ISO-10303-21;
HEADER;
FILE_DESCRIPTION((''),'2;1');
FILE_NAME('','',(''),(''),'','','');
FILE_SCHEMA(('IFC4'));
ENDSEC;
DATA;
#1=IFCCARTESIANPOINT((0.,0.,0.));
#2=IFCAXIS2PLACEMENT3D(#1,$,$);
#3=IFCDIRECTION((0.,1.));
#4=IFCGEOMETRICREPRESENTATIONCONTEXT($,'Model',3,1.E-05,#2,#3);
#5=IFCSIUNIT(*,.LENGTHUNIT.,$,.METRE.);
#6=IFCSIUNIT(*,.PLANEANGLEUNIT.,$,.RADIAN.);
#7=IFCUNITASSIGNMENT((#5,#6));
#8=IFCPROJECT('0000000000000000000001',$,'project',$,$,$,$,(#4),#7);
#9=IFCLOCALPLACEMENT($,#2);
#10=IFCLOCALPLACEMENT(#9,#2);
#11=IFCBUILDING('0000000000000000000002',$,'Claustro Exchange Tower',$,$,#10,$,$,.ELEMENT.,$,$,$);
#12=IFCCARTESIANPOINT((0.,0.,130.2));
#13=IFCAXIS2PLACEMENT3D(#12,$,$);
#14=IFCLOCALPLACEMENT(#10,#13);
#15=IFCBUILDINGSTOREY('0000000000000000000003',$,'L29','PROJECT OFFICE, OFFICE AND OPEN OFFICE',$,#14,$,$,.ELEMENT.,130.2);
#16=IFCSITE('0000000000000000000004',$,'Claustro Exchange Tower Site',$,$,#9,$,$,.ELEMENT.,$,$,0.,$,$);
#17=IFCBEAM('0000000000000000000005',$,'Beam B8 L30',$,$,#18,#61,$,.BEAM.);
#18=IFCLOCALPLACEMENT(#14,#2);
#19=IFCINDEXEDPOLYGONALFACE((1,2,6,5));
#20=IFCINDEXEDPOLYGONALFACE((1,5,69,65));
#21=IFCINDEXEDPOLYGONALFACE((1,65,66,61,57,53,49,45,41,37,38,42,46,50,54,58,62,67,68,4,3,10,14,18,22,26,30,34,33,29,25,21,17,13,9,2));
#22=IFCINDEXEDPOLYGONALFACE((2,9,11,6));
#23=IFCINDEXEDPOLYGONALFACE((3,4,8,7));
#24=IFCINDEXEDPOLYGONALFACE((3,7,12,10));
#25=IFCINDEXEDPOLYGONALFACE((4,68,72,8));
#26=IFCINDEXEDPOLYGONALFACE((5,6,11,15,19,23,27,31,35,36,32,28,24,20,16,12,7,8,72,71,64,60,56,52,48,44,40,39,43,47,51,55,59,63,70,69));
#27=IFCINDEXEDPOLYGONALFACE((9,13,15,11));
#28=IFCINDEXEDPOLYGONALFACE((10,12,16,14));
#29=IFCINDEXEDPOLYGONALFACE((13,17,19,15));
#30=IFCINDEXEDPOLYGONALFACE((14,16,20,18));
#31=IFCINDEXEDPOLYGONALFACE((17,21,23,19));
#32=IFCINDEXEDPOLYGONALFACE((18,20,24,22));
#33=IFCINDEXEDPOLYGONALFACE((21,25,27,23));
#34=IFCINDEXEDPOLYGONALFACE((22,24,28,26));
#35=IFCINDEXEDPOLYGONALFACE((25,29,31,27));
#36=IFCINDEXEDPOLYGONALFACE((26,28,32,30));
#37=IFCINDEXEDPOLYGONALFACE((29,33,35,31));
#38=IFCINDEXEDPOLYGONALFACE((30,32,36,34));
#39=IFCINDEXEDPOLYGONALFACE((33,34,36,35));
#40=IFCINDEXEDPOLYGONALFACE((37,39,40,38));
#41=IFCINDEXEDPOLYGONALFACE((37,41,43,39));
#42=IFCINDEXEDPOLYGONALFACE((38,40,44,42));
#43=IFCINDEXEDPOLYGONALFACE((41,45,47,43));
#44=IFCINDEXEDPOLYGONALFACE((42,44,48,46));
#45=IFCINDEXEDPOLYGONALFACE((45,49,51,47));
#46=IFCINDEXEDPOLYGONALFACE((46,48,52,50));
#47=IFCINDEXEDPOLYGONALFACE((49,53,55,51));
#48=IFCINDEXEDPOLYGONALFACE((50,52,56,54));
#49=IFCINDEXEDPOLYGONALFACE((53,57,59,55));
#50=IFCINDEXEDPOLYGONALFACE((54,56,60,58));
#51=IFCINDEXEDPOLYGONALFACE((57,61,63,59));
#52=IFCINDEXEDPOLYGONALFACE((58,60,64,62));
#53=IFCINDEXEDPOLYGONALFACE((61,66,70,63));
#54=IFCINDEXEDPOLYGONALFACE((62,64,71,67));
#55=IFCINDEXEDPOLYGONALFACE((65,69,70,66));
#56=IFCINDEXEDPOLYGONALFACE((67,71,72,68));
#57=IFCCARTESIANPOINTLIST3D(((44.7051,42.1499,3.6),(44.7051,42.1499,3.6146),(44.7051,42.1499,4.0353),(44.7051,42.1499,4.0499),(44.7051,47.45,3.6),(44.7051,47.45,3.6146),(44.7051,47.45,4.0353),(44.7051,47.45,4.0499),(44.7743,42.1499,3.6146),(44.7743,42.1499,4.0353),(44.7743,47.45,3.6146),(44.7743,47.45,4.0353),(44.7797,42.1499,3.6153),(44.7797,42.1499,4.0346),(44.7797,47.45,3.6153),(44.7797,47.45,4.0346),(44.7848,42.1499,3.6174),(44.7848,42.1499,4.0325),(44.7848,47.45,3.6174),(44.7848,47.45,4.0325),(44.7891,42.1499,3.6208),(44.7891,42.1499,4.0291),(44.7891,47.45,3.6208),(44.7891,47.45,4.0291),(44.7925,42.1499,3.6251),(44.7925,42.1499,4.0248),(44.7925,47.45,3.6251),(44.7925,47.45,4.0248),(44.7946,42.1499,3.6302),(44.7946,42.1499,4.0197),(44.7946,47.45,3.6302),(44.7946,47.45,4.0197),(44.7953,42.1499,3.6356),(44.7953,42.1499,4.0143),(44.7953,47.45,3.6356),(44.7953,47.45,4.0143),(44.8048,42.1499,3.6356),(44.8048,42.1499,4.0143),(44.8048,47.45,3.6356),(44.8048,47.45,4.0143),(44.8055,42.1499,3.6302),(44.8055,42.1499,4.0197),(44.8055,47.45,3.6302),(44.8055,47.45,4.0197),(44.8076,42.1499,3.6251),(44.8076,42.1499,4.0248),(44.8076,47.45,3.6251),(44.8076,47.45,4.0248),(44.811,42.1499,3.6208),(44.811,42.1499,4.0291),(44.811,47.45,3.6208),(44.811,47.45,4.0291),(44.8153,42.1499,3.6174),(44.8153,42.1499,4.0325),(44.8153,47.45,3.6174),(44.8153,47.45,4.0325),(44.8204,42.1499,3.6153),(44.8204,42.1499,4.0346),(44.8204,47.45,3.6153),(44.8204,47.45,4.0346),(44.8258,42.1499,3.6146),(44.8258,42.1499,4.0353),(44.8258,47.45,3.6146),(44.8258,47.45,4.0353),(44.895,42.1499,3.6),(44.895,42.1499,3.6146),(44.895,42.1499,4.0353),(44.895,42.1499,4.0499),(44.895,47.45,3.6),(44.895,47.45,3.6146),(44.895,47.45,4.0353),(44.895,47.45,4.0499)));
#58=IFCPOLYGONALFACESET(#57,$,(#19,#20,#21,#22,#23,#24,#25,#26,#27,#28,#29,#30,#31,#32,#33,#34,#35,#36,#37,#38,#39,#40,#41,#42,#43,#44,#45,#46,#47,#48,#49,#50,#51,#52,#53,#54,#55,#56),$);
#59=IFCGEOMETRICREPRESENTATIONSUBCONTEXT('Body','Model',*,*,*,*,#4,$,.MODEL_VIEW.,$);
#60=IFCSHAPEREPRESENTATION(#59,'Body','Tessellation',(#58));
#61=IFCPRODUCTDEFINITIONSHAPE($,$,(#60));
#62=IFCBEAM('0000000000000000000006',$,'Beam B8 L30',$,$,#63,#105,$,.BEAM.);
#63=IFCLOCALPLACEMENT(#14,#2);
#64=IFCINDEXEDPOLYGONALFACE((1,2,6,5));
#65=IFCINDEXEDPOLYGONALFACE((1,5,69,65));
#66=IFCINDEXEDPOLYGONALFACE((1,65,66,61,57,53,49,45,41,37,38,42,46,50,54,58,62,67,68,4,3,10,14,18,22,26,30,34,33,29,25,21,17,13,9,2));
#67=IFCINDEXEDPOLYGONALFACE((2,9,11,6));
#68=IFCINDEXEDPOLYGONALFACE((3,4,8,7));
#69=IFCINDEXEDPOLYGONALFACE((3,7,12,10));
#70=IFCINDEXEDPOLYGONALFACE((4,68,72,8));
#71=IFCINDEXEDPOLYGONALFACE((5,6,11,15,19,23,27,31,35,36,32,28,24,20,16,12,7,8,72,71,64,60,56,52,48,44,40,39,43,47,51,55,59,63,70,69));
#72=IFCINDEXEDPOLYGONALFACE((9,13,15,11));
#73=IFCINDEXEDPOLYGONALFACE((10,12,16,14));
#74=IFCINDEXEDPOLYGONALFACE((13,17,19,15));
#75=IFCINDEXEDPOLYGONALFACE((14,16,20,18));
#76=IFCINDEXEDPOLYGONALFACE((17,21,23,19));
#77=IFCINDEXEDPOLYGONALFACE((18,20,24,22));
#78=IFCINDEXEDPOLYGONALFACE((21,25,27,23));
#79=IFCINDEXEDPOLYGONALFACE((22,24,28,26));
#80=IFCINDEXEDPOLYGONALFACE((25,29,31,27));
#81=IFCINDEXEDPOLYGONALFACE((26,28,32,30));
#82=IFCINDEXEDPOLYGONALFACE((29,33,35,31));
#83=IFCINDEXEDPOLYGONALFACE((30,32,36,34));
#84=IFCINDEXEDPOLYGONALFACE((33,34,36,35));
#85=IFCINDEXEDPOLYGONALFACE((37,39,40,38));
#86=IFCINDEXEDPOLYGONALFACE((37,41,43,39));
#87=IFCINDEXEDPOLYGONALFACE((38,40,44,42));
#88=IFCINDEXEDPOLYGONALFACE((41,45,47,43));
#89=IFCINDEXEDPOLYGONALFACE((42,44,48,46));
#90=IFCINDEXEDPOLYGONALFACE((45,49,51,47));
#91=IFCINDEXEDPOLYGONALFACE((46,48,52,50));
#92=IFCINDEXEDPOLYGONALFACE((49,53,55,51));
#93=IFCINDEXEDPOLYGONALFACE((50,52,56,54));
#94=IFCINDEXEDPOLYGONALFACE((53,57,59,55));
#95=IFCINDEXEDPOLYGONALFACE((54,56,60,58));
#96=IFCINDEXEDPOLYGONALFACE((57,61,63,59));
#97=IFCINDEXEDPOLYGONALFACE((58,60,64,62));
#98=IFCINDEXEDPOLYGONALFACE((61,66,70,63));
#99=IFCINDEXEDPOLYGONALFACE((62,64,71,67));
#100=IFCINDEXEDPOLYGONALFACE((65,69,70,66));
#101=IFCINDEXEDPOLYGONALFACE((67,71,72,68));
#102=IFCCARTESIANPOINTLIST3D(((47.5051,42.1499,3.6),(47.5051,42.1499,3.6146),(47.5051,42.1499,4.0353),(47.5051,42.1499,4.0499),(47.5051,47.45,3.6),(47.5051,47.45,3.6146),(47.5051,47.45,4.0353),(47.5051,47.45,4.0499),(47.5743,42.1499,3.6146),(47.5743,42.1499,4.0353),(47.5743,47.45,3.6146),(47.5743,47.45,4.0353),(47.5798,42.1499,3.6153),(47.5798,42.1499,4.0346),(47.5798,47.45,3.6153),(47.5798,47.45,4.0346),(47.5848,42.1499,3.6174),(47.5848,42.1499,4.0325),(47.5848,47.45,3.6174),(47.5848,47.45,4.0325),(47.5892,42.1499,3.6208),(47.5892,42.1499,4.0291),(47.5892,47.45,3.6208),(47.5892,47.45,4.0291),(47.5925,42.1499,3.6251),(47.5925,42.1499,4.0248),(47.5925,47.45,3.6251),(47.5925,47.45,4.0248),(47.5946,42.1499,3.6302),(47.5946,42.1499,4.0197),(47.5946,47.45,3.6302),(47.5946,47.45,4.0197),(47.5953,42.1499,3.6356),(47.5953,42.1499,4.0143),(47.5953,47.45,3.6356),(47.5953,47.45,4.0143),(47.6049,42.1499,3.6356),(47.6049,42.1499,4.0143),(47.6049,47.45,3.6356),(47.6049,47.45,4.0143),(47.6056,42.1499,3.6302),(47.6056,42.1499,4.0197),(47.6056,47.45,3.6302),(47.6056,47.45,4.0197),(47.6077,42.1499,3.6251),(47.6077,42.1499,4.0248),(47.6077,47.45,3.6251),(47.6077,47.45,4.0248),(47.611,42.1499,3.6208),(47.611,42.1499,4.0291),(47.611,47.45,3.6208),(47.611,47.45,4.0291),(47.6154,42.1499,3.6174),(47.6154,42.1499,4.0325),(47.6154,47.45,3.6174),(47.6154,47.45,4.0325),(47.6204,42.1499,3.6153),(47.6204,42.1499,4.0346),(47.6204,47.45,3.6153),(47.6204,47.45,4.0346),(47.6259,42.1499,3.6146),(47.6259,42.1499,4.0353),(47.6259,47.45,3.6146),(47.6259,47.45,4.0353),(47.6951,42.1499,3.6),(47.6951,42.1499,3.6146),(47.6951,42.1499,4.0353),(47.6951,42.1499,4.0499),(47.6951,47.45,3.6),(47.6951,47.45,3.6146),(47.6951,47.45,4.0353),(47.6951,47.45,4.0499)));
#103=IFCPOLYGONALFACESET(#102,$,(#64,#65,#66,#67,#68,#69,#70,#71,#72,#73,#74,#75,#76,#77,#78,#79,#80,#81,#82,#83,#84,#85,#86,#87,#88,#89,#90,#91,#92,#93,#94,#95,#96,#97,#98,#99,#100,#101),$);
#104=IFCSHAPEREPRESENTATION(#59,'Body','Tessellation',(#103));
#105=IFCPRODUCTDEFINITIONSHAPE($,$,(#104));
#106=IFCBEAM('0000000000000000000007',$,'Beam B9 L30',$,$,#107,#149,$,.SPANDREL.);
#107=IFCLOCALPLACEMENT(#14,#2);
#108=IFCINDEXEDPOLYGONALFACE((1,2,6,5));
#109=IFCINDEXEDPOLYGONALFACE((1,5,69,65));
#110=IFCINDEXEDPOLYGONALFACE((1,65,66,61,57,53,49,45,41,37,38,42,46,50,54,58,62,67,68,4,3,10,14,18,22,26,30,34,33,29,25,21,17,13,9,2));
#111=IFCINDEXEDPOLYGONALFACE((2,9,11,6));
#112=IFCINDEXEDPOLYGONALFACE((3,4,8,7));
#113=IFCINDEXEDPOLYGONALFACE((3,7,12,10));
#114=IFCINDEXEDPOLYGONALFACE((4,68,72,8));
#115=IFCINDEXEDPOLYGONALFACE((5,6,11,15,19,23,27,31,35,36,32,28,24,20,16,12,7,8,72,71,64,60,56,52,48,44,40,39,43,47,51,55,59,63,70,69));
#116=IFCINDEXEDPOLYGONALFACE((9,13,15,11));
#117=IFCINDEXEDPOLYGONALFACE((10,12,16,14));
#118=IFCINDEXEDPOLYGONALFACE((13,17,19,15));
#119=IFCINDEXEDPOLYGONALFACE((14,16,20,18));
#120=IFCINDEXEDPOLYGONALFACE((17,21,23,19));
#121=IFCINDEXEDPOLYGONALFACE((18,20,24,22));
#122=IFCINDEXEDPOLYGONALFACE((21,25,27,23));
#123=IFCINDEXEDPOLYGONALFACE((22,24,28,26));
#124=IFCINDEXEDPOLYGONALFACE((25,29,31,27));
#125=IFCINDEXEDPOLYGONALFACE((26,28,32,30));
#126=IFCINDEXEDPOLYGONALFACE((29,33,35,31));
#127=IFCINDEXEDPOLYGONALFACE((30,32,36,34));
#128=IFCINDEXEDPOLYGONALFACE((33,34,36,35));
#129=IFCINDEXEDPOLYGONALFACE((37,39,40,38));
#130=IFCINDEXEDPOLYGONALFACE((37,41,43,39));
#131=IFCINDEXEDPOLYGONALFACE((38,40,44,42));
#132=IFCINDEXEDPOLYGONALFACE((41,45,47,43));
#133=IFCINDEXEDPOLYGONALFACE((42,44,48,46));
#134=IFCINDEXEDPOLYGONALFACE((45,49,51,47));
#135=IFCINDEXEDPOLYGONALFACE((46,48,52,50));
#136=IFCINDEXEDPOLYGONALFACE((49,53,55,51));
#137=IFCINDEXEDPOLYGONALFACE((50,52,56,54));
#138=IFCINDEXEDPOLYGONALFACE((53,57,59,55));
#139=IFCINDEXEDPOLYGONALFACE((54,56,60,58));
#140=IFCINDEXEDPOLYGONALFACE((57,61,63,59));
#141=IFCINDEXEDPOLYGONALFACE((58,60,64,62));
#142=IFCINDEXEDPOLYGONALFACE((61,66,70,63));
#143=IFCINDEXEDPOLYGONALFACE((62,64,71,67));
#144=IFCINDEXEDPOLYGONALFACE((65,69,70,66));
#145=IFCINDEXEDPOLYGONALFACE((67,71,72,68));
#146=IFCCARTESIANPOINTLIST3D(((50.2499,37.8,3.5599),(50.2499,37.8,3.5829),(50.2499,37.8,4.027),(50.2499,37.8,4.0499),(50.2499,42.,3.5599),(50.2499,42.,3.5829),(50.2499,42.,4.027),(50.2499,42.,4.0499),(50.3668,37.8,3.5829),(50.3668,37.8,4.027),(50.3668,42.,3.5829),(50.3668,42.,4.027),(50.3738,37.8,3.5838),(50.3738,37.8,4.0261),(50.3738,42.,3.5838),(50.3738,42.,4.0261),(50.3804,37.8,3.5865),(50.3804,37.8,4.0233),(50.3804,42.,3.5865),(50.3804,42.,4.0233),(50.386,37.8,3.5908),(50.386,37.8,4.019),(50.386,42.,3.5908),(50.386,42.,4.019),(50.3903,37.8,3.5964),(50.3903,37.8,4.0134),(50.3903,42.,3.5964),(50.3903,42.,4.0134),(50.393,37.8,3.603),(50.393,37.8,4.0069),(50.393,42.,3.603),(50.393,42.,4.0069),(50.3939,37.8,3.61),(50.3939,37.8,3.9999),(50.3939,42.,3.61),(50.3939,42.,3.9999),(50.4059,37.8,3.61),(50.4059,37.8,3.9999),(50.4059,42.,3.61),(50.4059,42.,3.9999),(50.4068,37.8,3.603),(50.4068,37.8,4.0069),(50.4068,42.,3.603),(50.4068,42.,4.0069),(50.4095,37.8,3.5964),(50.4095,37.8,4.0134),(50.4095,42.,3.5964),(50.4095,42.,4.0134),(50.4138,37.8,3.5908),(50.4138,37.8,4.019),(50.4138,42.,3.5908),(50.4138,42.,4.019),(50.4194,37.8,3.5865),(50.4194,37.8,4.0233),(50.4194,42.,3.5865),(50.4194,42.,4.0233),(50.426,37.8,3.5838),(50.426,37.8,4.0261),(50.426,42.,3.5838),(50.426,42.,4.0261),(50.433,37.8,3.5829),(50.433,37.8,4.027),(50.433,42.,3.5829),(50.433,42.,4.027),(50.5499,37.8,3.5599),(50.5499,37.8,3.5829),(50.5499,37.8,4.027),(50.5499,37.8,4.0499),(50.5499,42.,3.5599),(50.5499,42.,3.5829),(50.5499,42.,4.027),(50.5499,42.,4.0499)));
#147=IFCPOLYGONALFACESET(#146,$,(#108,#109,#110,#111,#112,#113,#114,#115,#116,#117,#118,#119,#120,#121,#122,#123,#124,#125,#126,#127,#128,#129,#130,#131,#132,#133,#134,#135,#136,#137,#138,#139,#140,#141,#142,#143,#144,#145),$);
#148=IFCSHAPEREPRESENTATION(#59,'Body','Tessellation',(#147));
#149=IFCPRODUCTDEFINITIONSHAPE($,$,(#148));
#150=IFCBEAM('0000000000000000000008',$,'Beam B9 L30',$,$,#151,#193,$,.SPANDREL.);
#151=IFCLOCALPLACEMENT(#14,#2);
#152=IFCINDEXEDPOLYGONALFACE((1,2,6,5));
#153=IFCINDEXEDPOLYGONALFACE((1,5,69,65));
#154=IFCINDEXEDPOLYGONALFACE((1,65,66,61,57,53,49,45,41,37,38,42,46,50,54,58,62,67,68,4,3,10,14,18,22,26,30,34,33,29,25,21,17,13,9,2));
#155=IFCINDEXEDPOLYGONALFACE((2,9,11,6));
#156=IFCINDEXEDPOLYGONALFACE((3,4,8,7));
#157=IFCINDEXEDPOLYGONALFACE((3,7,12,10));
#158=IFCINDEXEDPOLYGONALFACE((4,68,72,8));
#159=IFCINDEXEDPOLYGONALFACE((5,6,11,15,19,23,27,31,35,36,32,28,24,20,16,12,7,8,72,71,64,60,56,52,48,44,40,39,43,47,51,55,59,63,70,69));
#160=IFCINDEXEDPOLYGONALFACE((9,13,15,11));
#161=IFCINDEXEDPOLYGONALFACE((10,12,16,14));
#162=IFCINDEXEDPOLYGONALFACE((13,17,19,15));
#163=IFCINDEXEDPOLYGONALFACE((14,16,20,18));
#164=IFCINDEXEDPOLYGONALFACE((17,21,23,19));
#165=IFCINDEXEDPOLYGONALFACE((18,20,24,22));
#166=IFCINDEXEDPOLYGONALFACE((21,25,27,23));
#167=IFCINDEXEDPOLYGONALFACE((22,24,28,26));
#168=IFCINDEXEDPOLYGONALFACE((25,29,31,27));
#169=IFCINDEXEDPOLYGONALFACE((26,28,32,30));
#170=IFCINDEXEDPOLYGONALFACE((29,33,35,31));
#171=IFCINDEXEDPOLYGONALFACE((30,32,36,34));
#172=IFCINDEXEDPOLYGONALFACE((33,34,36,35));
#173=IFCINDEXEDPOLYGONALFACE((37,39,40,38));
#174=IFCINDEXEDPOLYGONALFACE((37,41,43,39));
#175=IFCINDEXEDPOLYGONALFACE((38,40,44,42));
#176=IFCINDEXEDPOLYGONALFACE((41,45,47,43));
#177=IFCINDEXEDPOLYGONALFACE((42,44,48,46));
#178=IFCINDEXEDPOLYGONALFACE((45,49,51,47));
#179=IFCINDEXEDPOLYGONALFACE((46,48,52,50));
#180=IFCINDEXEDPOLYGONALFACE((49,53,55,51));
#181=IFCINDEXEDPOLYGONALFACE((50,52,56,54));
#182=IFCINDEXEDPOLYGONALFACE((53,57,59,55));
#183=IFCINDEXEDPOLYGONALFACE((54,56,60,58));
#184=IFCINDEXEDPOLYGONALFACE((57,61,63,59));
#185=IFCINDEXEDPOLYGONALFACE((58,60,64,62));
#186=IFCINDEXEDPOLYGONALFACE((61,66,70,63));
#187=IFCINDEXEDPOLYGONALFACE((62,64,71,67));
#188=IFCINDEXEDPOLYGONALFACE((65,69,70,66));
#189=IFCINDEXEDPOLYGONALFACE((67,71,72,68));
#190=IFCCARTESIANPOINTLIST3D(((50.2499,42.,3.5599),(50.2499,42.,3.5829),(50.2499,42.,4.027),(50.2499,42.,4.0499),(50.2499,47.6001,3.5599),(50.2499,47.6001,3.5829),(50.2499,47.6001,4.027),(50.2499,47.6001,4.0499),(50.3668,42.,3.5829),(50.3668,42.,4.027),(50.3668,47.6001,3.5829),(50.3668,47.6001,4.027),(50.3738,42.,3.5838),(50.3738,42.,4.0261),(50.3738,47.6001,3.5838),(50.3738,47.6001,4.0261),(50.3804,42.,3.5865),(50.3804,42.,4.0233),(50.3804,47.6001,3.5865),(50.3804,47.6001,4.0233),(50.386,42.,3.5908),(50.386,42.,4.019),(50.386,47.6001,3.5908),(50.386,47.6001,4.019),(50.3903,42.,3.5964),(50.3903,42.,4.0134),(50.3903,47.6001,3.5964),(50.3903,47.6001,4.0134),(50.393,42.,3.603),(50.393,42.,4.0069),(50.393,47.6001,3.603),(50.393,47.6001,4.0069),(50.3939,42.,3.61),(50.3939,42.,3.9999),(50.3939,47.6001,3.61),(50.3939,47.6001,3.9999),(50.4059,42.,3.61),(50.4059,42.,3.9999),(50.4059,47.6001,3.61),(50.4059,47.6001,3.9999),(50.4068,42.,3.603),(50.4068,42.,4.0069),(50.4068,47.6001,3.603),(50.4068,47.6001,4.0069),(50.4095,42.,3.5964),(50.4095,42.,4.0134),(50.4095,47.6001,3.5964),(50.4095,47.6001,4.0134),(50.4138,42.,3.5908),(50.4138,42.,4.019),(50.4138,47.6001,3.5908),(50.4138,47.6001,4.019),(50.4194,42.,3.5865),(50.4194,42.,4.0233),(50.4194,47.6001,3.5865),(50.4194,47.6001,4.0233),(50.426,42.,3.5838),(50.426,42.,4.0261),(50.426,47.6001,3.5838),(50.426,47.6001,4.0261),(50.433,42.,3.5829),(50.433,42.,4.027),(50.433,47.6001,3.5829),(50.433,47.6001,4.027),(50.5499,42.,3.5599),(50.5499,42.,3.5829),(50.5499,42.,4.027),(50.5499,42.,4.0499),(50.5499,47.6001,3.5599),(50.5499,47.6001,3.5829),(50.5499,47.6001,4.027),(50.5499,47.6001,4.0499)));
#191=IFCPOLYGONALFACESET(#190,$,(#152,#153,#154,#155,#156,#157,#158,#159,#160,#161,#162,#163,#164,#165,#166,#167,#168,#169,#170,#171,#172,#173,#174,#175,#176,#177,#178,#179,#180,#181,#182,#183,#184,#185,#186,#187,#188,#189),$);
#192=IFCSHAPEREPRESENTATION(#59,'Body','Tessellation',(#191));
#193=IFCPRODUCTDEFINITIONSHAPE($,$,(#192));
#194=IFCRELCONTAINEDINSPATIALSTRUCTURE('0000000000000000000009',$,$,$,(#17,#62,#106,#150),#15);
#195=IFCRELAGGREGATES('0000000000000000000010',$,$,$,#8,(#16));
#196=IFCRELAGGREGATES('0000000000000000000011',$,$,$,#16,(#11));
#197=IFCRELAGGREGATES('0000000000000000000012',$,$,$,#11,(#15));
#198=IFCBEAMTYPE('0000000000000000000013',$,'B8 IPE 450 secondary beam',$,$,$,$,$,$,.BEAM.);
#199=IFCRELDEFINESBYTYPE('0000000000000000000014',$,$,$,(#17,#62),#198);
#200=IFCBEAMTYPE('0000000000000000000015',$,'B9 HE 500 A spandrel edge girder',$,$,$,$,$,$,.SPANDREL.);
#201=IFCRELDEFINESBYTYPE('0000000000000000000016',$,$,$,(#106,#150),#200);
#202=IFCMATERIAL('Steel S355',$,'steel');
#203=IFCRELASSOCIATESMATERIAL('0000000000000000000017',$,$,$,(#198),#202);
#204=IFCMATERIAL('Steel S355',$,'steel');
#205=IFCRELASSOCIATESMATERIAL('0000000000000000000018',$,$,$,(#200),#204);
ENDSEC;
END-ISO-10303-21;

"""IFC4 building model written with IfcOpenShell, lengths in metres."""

from ifc_helpers import new_model, si_unit, direction, frame, origin, origin_2d, place, context, subcontext, project, spatial, i_section, extrude, material, material_profile, profile_set, type_object, element, save


model = new_model("IFC4")

# Units and contexts
model_context = context("Model", 3, precision=1e-05, world=origin(), true_north=direction((0.0, 1.0)))
body_context = subcontext(model_context, "Body", "Model", "MODEL_VIEW")
ifc_project = project(units=[si_unit("LENGTHUNIT", "METRE"), si_unit("PLANEANGLEUNIT", "RADIAN")], contexts=[model_context])

# Site, building, storey
site_placement = place(None, origin())
site = spatial("IfcSite", under=ifc_project, at=site_placement, Name="Claustro Exchange Tower Site", CompositionType="ELEMENT", RefElevation=0.0)
building_placement = place(site_placement, origin())
building = spatial("IfcBuilding", under=site, at=building_placement, Name="Claustro Exchange Tower", CompositionType="ELEMENT")
storey_placement = place(building_placement, frame((0.0, 0.0, 130.2)))
storey = spatial("IfcBuildingStorey", under=building, at=storey_placement, Name="L29", Description="PROJECT OFFICE, OFFICE AND OPEN OFFICE", CompositionType="ELEMENT", Elevation=130.2)

# Beams
ifc_material_1 = material(Name="Steel S355", Category="steel")
ifc_material_profile_1 = material_profile(ifc_material_1, i_section(OverallWidth=0.1899, OverallDepth=0.45, WebThickness=0.0095, FlangeThickness=0.0146, FilletRadius=0.021, at=origin_2d()), Name="IPE 450")
ifc_profile_set_1 = profile_set([ifc_material_profile_1], Name="Steel S355")
beam_type_1 = type_object("IfcBeamType", Name="B8 IPE 450 secondary beam", PredefinedType="BEAM", material=ifc_profile_set_1)
for number, where, z_axis, x_axis, name in (
    (1, (44.8, 42.1499, 3.825), (0.0, 1.0, 0.0), (-1.0, 0.0, 0.0), "Beam B8 L30"),
    (2, (47.6001, 42.1499, 3.825), (0.0, 1.0, 0.0), (-1.0, 0.0, 0.0), "Beam B8 L30"),
):
    element("IfcBeam", number, at=place(storey_placement, frame(where, z_axis=z_axis, x_axis=x_axis)), inside=storey, type_object=beam_type_1, Name=name, PredefinedType="BEAM", context=body_context, shape_type="SweptSolid", body=[
        extrude(i_section(OverallWidth=0.1899, OverallDepth=0.45, WebThickness=0.0095, FlangeThickness=0.0146, FilletRadius=0.021, at=origin_2d()), origin(), (0.0, 0.0, 1.0), 5.3),
    ])
ifc_material_2 = material(Name="Steel S355", Category="steel")
ifc_material_profile_2 = material_profile(ifc_material_2, i_section(OverallWidth=0.3, OverallDepth=0.49, WebThickness=0.012, FlangeThickness=0.0229, FilletRadius=0.0271, at=origin_2d()), Name="HE 500 A")
ifc_profile_set_2 = profile_set([ifc_material_profile_2], Name="Steel S355")
beam_type_2 = type_object("IfcBeamType", Name="B9 HE 500 A spandrel edge girder", PredefinedType="SPANDREL", material=ifc_profile_set_2)
beam_1_placement = place(storey_placement, frame((50.3999, 37.8, 3.8049), z_axis=(0.0, 1.0, 0.0), x_axis=(-1.0, 0.0, 0.0)))
element("IfcBeam", 3, at=beam_1_placement, inside=storey, type_object=beam_type_2, Name="Beam B9 L30", PredefinedType="SPANDREL", context=body_context, shape_type="SweptSolid", body=[
    extrude(i_section(OverallWidth=0.3, OverallDepth=0.49, WebThickness=0.012, FlangeThickness=0.0229, FilletRadius=0.0271, at=origin_2d()), origin(), (0.0, 0.0, 1.0), 4.2),
])
beam_2_placement = place(storey_placement, frame((50.3999, 42.0, 3.8049), z_axis=(0.0, 1.0, 0.0), x_axis=(-1.0, 0.0, 0.0)))
element("IfcBeam", 4, at=beam_2_placement, inside=storey, type_object=beam_type_2, Name="Beam B9 L30", PredefinedType="SPANDREL", context=body_context, shape_type="SweptSolid", body=[
    extrude(i_section(OverallWidth=0.3, OverallDepth=0.49, WebThickness=0.012, FlangeThickness=0.0229, FilletRadius=0.0271, at=origin_2d()), origin(), (0.0, 0.0, 1.0), 5.6001),
])

save(model, "model.ifc")
